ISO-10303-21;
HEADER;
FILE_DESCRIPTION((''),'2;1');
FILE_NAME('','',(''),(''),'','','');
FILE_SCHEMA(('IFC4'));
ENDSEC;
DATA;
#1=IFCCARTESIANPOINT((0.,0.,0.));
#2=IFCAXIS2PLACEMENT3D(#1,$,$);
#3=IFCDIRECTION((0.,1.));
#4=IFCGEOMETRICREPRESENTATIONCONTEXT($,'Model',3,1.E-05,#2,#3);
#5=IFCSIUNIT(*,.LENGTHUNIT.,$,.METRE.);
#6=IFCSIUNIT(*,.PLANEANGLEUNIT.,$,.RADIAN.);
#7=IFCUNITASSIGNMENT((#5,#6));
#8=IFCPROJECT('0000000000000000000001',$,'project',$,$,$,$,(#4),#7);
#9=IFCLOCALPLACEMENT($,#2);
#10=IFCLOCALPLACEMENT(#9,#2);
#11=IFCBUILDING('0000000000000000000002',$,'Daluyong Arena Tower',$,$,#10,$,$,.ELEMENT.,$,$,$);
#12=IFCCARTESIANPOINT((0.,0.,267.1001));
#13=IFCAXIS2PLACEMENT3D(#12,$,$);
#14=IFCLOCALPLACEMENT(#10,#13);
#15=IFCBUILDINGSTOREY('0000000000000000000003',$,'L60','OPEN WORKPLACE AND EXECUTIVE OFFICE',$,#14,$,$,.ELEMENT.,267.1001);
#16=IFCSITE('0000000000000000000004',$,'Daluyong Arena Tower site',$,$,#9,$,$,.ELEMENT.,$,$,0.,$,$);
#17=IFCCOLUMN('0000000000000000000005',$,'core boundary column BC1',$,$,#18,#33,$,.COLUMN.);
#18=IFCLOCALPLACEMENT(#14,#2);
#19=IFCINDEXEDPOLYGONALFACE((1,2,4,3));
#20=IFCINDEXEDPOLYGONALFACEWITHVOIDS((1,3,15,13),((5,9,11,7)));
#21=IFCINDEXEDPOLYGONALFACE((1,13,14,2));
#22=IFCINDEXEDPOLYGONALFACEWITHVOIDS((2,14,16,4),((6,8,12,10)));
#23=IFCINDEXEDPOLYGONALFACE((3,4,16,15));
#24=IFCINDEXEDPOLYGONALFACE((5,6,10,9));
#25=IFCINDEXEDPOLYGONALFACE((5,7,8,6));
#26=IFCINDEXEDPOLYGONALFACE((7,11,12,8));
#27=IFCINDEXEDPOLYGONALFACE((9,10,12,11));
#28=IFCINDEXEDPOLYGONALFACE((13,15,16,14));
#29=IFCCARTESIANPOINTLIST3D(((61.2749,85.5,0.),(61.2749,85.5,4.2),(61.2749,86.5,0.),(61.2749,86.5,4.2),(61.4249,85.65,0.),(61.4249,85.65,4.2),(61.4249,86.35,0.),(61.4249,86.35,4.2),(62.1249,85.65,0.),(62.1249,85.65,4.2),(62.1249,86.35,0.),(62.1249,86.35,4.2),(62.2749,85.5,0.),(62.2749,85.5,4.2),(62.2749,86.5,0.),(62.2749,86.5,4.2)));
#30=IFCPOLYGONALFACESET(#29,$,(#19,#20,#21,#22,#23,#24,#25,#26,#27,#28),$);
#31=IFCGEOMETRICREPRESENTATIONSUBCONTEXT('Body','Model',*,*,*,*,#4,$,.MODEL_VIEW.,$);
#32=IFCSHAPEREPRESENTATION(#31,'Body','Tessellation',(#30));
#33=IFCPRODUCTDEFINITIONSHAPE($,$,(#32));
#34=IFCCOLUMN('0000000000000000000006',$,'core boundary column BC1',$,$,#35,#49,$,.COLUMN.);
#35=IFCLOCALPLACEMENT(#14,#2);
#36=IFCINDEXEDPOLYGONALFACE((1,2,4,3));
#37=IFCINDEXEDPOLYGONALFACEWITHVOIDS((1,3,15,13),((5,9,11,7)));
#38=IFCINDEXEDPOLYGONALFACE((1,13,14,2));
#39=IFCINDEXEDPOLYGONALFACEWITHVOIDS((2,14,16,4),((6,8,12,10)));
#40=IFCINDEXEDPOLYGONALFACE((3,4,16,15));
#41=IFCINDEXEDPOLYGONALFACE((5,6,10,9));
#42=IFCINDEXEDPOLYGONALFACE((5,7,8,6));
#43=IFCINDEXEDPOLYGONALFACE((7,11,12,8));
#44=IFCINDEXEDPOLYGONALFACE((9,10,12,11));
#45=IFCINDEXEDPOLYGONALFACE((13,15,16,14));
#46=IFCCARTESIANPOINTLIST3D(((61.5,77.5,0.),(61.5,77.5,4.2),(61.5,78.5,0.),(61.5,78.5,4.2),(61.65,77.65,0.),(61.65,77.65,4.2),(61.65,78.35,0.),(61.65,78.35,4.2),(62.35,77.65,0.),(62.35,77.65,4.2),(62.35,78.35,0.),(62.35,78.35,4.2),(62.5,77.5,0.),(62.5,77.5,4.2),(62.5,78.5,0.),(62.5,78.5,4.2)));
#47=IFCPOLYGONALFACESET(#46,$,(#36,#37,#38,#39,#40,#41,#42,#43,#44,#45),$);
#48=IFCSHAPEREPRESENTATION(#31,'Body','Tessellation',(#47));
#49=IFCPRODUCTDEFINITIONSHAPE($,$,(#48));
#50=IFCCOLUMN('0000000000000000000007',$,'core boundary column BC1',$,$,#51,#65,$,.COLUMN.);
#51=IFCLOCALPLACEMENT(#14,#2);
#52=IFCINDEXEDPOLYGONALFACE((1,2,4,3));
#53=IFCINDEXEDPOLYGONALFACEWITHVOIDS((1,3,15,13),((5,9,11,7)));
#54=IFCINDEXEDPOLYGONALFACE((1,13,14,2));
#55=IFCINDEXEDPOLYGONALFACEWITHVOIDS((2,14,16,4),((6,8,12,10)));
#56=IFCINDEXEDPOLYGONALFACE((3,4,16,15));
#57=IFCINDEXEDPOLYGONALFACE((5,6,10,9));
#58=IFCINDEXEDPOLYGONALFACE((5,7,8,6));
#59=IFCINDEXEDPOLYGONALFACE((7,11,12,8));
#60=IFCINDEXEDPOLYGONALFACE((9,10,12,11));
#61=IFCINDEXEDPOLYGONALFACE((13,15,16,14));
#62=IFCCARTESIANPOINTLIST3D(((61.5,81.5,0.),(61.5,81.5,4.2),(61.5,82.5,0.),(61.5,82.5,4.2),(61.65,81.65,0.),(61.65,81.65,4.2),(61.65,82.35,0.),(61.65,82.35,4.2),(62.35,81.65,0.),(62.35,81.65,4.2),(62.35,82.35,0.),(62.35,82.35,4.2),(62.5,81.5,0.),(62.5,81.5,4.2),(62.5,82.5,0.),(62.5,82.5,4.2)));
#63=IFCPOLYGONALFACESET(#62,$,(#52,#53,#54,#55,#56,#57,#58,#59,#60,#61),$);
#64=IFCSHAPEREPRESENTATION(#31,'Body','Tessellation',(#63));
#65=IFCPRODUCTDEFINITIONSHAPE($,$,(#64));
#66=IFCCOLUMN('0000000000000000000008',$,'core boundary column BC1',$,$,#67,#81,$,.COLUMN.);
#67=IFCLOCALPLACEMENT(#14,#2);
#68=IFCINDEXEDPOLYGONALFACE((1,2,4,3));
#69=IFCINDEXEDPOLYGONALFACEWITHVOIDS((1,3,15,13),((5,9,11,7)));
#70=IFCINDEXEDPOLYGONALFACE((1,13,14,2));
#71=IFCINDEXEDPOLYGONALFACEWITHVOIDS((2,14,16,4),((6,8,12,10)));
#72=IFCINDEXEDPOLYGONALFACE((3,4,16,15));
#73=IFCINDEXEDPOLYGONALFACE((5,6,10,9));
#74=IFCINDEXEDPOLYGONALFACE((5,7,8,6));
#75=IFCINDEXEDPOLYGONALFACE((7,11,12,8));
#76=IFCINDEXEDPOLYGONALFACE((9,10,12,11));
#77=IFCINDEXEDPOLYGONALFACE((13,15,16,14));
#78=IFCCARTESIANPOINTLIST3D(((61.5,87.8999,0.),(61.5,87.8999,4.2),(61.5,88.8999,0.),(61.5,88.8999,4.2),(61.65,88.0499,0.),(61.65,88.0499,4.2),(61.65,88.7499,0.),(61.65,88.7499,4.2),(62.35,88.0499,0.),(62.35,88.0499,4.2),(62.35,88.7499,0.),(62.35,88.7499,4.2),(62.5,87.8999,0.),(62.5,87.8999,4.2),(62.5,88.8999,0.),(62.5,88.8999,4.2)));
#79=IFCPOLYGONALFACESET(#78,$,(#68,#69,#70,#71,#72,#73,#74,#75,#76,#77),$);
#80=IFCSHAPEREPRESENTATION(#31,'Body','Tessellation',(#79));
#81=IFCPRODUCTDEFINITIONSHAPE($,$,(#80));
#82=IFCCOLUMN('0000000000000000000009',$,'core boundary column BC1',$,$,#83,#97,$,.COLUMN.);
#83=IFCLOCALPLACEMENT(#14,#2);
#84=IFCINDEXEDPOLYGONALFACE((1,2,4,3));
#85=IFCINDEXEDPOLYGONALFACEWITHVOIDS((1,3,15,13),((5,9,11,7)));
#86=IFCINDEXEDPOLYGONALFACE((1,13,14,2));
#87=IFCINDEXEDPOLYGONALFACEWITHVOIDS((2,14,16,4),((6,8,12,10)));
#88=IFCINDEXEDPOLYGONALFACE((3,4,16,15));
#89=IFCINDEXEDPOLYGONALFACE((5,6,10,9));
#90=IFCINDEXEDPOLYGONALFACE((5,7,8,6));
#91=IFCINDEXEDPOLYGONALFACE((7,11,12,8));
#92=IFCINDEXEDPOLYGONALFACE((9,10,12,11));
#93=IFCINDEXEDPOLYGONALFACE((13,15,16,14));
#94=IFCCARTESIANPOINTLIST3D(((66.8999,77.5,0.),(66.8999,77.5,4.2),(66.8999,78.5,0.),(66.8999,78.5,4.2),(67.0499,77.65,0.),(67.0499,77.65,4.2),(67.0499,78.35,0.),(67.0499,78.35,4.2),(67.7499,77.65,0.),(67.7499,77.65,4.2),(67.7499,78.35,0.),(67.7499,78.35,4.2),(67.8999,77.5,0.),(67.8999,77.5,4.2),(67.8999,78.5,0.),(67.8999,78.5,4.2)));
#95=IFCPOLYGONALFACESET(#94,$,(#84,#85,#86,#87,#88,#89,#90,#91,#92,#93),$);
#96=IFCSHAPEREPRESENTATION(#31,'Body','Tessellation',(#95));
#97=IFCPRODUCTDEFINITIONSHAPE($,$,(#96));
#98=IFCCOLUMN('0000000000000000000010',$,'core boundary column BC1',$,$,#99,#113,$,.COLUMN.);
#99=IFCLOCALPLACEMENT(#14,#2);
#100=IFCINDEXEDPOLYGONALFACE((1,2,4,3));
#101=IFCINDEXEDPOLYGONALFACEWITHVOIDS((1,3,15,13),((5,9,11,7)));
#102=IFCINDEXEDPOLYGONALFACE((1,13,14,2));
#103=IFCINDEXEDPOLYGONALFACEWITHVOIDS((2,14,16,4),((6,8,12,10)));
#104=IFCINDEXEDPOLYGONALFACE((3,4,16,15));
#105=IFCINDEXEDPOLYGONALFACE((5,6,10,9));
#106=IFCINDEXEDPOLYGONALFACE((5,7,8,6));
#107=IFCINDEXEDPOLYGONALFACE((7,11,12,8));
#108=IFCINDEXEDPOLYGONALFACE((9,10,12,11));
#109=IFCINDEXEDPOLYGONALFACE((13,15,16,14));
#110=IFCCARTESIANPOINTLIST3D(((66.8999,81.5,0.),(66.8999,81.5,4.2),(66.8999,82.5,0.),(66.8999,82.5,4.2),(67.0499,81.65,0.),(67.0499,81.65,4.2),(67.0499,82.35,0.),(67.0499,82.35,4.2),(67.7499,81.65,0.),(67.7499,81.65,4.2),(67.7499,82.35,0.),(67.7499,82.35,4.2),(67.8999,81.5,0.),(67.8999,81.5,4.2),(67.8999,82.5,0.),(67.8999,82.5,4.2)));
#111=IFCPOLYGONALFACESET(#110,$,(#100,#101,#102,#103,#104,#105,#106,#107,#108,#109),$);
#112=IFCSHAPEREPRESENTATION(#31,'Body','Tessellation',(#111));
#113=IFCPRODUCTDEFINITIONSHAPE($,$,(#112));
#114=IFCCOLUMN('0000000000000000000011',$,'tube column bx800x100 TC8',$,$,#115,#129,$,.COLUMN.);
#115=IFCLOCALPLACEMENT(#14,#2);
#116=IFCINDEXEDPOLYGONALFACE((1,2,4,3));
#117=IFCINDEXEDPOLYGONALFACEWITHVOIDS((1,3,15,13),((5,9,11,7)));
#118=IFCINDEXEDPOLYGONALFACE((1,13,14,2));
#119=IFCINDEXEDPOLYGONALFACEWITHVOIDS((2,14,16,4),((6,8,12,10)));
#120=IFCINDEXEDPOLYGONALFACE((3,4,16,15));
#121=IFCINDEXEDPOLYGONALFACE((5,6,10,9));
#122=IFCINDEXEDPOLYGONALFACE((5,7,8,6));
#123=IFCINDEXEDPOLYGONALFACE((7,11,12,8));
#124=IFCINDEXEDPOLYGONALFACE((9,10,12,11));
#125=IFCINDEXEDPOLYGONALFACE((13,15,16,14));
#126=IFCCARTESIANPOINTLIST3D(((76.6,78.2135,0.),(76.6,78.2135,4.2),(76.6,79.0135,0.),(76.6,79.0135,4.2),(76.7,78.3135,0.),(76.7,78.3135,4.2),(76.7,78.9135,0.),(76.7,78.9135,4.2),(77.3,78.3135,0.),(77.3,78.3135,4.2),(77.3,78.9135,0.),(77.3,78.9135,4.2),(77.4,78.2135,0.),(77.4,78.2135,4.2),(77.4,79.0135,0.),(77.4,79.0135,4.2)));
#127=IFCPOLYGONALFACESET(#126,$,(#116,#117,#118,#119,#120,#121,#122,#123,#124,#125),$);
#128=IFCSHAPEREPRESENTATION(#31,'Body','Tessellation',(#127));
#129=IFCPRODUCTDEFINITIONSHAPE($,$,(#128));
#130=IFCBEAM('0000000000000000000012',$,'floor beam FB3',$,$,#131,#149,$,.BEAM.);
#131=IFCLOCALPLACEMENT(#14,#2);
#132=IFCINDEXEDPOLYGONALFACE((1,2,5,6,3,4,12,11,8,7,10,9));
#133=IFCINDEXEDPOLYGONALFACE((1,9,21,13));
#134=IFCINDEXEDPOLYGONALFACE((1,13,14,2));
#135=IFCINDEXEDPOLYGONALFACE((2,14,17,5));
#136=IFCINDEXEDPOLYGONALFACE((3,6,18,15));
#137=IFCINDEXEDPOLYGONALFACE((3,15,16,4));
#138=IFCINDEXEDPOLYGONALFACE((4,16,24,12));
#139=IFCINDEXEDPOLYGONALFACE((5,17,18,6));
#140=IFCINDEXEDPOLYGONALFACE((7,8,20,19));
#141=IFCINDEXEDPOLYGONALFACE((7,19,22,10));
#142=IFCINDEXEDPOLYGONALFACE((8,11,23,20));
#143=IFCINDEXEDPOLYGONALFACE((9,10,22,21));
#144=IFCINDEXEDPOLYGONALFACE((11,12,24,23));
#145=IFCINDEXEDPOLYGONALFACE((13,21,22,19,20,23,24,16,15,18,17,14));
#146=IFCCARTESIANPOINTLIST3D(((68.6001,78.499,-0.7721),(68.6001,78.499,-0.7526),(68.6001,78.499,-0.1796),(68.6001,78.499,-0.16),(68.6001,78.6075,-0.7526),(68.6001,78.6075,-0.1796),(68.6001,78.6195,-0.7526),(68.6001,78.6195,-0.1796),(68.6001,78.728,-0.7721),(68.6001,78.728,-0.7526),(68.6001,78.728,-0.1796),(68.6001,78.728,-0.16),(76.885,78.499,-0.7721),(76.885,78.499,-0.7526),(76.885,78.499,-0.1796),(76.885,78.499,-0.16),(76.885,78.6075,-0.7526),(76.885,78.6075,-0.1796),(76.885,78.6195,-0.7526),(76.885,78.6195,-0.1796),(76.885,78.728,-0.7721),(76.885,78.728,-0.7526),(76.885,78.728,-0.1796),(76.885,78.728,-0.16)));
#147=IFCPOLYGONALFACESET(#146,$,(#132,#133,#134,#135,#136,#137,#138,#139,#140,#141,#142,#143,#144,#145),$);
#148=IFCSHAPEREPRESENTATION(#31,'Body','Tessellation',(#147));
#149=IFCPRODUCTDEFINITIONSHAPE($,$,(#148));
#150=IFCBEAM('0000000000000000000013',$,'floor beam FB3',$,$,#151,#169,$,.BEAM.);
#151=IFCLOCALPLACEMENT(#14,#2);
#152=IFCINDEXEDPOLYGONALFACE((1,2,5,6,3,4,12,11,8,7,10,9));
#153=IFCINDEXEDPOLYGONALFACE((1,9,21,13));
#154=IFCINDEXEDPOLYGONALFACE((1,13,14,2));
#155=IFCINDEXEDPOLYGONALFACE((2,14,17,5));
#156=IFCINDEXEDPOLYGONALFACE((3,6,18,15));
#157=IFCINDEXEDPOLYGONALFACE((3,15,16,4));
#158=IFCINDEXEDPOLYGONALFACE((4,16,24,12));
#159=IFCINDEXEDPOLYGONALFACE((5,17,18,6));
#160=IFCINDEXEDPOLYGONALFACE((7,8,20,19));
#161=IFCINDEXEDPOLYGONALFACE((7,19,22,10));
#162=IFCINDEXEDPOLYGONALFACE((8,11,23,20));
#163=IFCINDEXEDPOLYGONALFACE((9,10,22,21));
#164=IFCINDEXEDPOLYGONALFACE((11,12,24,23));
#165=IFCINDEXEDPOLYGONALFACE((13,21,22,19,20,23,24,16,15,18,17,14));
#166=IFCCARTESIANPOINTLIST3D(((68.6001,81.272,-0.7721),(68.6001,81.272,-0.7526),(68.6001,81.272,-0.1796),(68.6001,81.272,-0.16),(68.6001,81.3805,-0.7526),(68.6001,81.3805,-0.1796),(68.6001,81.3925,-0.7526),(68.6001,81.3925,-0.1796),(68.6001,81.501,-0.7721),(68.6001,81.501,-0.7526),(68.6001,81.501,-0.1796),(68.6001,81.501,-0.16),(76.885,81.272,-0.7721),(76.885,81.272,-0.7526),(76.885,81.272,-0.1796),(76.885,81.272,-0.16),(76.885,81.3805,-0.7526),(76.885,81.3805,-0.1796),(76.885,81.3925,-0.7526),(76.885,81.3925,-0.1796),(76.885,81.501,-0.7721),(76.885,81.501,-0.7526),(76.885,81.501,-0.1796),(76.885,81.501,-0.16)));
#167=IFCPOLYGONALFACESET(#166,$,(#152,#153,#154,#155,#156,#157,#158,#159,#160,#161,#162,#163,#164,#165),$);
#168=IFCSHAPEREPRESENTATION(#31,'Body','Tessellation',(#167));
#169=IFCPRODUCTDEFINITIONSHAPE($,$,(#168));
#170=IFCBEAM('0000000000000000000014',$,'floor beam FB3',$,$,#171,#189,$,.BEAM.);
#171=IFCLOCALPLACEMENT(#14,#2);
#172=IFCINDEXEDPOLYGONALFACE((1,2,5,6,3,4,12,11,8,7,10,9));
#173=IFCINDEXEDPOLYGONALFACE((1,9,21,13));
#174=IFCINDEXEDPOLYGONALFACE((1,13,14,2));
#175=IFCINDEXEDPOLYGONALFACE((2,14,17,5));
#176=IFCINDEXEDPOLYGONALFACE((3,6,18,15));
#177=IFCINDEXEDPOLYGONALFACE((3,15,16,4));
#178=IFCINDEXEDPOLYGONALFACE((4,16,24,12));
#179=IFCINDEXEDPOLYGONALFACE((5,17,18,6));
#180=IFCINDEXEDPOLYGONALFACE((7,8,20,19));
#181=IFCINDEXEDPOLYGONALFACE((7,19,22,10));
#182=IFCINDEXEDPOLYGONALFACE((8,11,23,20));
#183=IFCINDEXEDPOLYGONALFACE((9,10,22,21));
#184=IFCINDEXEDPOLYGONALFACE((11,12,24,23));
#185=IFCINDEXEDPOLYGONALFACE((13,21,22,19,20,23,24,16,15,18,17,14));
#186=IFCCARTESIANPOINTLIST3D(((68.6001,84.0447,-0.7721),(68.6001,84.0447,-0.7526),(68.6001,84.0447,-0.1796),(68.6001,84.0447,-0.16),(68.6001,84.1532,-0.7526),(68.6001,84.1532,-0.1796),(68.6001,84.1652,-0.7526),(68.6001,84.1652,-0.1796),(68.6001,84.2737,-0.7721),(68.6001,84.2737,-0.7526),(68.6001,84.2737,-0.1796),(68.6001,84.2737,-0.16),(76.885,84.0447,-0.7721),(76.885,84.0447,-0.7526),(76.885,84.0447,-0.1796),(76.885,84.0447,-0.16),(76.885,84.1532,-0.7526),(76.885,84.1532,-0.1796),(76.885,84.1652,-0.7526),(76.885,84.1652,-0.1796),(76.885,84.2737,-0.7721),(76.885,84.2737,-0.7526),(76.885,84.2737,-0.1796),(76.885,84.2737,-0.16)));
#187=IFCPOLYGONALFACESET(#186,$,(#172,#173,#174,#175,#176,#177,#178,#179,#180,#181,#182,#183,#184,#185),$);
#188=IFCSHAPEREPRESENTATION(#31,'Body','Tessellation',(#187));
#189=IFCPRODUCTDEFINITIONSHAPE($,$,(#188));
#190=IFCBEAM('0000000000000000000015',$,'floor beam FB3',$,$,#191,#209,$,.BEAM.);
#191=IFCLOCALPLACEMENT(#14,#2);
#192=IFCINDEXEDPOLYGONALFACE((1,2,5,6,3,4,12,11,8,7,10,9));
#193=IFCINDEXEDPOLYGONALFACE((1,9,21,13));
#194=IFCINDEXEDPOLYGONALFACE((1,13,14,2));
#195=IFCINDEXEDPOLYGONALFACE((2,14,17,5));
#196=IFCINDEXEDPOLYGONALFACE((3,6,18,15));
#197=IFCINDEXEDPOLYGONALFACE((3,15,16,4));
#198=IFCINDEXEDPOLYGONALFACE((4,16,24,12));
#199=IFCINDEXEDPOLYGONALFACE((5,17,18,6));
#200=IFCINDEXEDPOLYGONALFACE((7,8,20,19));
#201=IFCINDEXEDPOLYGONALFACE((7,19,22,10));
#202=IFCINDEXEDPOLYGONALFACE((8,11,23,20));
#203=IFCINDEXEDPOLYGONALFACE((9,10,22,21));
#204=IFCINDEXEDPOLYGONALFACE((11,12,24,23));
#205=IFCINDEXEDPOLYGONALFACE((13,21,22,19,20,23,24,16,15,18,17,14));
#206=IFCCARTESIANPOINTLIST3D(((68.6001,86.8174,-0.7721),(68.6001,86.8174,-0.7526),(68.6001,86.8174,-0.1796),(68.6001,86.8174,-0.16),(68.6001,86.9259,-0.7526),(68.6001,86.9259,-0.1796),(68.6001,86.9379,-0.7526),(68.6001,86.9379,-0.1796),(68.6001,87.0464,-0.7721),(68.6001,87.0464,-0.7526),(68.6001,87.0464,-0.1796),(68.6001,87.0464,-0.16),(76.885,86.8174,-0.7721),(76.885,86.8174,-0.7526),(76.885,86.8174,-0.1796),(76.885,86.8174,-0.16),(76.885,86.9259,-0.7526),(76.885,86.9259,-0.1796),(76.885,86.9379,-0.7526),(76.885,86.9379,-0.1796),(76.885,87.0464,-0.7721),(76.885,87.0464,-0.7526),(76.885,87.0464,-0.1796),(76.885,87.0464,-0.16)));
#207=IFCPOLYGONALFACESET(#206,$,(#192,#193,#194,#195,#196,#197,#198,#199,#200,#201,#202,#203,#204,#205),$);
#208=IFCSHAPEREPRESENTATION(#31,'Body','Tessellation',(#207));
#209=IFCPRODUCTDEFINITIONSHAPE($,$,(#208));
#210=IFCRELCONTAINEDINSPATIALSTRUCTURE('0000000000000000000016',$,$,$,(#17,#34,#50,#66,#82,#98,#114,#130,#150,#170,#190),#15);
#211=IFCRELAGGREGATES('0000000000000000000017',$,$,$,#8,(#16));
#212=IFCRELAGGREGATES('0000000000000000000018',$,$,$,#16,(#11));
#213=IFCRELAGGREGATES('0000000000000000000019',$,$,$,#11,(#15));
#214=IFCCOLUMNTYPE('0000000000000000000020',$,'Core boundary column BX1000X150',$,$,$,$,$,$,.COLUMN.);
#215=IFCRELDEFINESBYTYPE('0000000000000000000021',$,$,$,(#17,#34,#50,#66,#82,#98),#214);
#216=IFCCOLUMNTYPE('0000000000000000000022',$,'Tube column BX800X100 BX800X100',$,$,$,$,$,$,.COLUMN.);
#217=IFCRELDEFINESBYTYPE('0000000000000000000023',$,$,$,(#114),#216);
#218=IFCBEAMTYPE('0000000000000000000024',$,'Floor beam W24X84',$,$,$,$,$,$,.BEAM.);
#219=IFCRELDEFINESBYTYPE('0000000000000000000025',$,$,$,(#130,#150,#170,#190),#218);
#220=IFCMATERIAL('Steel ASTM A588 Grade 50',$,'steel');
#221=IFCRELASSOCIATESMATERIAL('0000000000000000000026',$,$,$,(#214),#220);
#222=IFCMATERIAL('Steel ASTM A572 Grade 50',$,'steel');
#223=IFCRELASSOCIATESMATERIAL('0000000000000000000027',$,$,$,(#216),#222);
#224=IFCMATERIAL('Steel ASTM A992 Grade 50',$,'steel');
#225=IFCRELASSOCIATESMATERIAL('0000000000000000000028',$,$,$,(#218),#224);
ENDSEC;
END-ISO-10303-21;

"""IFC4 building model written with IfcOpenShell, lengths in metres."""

from ifc_helpers import new_model, si_unit, direction, frame, origin, origin_2d, place, context, subcontext, project, spatial, hollow_rectangle, i_section, extrude, material, material_profile, profile_set, type_object, element, save


model = new_model("IFC4")

# Units and contexts
model_context = context("Model", 3, precision=1e-05, world=origin(), true_north=direction((0.0, 1.0)))
body_context = subcontext(model_context, "Body", "Model", "MODEL_VIEW")
ifc_project = project(units=[si_unit("LENGTHUNIT", "METRE"), si_unit("PLANEANGLEUNIT", "RADIAN")], contexts=[model_context])

# Site, building, storey
site_placement = place(None, origin())
site = spatial("IfcSite", under=ifc_project, at=site_placement, Name="Daluyong Arena Tower site", CompositionType="ELEMENT", RefElevation=0.0)
building_placement = place(site_placement, origin())
building = spatial("IfcBuilding", under=site, at=building_placement, Name="Daluyong Arena Tower", CompositionType="ELEMENT")
storey_placement = place(building_placement, frame((0.0, 0.0, 267.1001)))
storey = spatial("IfcBuildingStorey", under=building, at=storey_placement, Name="L60", Description="OPEN WORKPLACE AND EXECUTIVE OFFICE", CompositionType="ELEMENT", Elevation=267.1001)

# Columns
ifc_material_1 = material(Name="Steel ASTM A588 Grade 50", Category="steel")
ifc_material_profile_1 = material_profile(ifc_material_1, hollow_rectangle(XDim=1.0, YDim=1.0, WallThickness=0.15, at=origin_2d()))
ifc_profile_set_1 = profile_set([ifc_material_profile_1], Name="Steel ASTM A588 Grade 50")
column_type_1 = type_object("IfcColumnType", Name="Core boundary column BX1000X150", PredefinedType="COLUMN", material=ifc_profile_set_1)
for number, where, z_axis, x_axis, name in (
    (1, (61.7749, 86.0, 0.0), (0.0, 0.0, 1.0), (1.0, 0.0, 0.0), "core boundary column BC1"),
    (2, (62.0, 78.0, 0.0), (0.0, 0.0, 1.0), (1.0, 0.0, 0.0), "core boundary column BC1"),
    (3, (62.0, 82.0, 0.0), (0.0, 0.0, 1.0), (1.0, 0.0, 0.0), "core boundary column BC1"),
    (4, (62.0, 88.3999, 0.0), (0.0, 0.0, 1.0), (1.0, 0.0, 0.0), "core boundary column BC1"),
    (5, (67.3999, 78.0, 0.0), (0.0, 0.0, 1.0), (1.0, 0.0, 0.0), "core boundary column BC1"),
    (6, (67.3999, 82.0, 0.0), (0.0, 0.0, 1.0), (1.0, 0.0, 0.0), "core boundary column BC1"),
):
    element("IfcColumn", number, at=place(storey_placement, frame(where, z_axis=z_axis, x_axis=x_axis)), inside=storey, type_object=column_type_1, Name=name, PredefinedType="COLUMN", context=body_context, shape_type="SweptSolid", body=[
        extrude(hollow_rectangle(XDim=1.0, YDim=1.0, WallThickness=0.15, at=origin_2d()), origin(), (0.0, 0.0, 1.0), 4.2),
    ])
ifc_material_2 = material(Name="Steel ASTM A572 Grade 50", Category="steel")
ifc_material_profile_2 = material_profile(ifc_material_2, hollow_rectangle(XDim=0.8, YDim=0.8, WallThickness=0.1, at=origin_2d()))
ifc_profile_set_2 = profile_set([ifc_material_profile_2], Name="Steel ASTM A572 Grade 50")
column_type_2 = type_object("IfcColumnType", Name="Tube column BX800X100 BX800X100", PredefinedType="COLUMN", material=ifc_profile_set_2)
column_placement = place(storey_placement, frame((77.0, 78.6135, 0.0), z_axis=(0.0, 0.0, 1.0), x_axis=(0.0, 1.0, 0.0)))
element("IfcColumn", 7, at=column_placement, inside=storey, type_object=column_type_2, Name="tube column bx800x100 TC8", PredefinedType="COLUMN", context=body_context, shape_type="SweptSolid", body=[
    extrude(hollow_rectangle(XDim=0.8, YDim=0.8, WallThickness=0.1, at=origin_2d()), origin(), (0.0, 0.0, 1.0), 4.2),
])

# Beams
ifc_material_3 = material(Name="Steel ASTM A992 Grade 50", Category="steel")
ifc_material_profile_3 = material_profile(ifc_material_3, i_section(OverallWidth=0.229, OverallDepth=0.6121, WebThickness=0.012, FlangeThickness=0.0195, at=origin_2d()))
ifc_profile_set_3 = profile_set([ifc_material_profile_3], Name="Steel ASTM A992 Grade 50")
beam_type_1 = type_object("IfcBeamType", Name="Floor beam W24X84", PredefinedType="BEAM", material=ifc_profile_set_3)
for number, where, z_axis, x_axis, name in (
    (8, (76.885, 78.6135, -0.4661), (-1.0, 0.0, 0.0), (0.0, -1.0, 0.0), "floor beam FB3"),
    (9, (76.885, 81.3865, -0.4661), (-1.0, 0.0, 0.0), (0.0, -1.0, 0.0), "floor beam FB3"),
    (10, (76.885, 84.1592, -0.4661), (-1.0, 0.0, 0.0), (0.0, -1.0, 0.0), "floor beam FB3"),
    (11, (76.885, 86.9319, -0.4661), (-1.0, 0.0, 0.0), (0.0, -1.0, 0.0), "floor beam FB3"),
):
    element("IfcBeam", number, at=place(storey_placement, frame(where, z_axis=z_axis, x_axis=x_axis)), inside=storey, type_object=beam_type_1, Name=name, PredefinedType="BEAM", context=body_context, shape_type="SweptSolid", body=[
        extrude(i_section(OverallWidth=0.229, OverallDepth=0.6121, WebThickness=0.012, FlangeThickness=0.0195, at=origin_2d()), origin(), (0.0, 0.0, 1.0), 8.2849),
    ])

save(model, "model.ifc")
